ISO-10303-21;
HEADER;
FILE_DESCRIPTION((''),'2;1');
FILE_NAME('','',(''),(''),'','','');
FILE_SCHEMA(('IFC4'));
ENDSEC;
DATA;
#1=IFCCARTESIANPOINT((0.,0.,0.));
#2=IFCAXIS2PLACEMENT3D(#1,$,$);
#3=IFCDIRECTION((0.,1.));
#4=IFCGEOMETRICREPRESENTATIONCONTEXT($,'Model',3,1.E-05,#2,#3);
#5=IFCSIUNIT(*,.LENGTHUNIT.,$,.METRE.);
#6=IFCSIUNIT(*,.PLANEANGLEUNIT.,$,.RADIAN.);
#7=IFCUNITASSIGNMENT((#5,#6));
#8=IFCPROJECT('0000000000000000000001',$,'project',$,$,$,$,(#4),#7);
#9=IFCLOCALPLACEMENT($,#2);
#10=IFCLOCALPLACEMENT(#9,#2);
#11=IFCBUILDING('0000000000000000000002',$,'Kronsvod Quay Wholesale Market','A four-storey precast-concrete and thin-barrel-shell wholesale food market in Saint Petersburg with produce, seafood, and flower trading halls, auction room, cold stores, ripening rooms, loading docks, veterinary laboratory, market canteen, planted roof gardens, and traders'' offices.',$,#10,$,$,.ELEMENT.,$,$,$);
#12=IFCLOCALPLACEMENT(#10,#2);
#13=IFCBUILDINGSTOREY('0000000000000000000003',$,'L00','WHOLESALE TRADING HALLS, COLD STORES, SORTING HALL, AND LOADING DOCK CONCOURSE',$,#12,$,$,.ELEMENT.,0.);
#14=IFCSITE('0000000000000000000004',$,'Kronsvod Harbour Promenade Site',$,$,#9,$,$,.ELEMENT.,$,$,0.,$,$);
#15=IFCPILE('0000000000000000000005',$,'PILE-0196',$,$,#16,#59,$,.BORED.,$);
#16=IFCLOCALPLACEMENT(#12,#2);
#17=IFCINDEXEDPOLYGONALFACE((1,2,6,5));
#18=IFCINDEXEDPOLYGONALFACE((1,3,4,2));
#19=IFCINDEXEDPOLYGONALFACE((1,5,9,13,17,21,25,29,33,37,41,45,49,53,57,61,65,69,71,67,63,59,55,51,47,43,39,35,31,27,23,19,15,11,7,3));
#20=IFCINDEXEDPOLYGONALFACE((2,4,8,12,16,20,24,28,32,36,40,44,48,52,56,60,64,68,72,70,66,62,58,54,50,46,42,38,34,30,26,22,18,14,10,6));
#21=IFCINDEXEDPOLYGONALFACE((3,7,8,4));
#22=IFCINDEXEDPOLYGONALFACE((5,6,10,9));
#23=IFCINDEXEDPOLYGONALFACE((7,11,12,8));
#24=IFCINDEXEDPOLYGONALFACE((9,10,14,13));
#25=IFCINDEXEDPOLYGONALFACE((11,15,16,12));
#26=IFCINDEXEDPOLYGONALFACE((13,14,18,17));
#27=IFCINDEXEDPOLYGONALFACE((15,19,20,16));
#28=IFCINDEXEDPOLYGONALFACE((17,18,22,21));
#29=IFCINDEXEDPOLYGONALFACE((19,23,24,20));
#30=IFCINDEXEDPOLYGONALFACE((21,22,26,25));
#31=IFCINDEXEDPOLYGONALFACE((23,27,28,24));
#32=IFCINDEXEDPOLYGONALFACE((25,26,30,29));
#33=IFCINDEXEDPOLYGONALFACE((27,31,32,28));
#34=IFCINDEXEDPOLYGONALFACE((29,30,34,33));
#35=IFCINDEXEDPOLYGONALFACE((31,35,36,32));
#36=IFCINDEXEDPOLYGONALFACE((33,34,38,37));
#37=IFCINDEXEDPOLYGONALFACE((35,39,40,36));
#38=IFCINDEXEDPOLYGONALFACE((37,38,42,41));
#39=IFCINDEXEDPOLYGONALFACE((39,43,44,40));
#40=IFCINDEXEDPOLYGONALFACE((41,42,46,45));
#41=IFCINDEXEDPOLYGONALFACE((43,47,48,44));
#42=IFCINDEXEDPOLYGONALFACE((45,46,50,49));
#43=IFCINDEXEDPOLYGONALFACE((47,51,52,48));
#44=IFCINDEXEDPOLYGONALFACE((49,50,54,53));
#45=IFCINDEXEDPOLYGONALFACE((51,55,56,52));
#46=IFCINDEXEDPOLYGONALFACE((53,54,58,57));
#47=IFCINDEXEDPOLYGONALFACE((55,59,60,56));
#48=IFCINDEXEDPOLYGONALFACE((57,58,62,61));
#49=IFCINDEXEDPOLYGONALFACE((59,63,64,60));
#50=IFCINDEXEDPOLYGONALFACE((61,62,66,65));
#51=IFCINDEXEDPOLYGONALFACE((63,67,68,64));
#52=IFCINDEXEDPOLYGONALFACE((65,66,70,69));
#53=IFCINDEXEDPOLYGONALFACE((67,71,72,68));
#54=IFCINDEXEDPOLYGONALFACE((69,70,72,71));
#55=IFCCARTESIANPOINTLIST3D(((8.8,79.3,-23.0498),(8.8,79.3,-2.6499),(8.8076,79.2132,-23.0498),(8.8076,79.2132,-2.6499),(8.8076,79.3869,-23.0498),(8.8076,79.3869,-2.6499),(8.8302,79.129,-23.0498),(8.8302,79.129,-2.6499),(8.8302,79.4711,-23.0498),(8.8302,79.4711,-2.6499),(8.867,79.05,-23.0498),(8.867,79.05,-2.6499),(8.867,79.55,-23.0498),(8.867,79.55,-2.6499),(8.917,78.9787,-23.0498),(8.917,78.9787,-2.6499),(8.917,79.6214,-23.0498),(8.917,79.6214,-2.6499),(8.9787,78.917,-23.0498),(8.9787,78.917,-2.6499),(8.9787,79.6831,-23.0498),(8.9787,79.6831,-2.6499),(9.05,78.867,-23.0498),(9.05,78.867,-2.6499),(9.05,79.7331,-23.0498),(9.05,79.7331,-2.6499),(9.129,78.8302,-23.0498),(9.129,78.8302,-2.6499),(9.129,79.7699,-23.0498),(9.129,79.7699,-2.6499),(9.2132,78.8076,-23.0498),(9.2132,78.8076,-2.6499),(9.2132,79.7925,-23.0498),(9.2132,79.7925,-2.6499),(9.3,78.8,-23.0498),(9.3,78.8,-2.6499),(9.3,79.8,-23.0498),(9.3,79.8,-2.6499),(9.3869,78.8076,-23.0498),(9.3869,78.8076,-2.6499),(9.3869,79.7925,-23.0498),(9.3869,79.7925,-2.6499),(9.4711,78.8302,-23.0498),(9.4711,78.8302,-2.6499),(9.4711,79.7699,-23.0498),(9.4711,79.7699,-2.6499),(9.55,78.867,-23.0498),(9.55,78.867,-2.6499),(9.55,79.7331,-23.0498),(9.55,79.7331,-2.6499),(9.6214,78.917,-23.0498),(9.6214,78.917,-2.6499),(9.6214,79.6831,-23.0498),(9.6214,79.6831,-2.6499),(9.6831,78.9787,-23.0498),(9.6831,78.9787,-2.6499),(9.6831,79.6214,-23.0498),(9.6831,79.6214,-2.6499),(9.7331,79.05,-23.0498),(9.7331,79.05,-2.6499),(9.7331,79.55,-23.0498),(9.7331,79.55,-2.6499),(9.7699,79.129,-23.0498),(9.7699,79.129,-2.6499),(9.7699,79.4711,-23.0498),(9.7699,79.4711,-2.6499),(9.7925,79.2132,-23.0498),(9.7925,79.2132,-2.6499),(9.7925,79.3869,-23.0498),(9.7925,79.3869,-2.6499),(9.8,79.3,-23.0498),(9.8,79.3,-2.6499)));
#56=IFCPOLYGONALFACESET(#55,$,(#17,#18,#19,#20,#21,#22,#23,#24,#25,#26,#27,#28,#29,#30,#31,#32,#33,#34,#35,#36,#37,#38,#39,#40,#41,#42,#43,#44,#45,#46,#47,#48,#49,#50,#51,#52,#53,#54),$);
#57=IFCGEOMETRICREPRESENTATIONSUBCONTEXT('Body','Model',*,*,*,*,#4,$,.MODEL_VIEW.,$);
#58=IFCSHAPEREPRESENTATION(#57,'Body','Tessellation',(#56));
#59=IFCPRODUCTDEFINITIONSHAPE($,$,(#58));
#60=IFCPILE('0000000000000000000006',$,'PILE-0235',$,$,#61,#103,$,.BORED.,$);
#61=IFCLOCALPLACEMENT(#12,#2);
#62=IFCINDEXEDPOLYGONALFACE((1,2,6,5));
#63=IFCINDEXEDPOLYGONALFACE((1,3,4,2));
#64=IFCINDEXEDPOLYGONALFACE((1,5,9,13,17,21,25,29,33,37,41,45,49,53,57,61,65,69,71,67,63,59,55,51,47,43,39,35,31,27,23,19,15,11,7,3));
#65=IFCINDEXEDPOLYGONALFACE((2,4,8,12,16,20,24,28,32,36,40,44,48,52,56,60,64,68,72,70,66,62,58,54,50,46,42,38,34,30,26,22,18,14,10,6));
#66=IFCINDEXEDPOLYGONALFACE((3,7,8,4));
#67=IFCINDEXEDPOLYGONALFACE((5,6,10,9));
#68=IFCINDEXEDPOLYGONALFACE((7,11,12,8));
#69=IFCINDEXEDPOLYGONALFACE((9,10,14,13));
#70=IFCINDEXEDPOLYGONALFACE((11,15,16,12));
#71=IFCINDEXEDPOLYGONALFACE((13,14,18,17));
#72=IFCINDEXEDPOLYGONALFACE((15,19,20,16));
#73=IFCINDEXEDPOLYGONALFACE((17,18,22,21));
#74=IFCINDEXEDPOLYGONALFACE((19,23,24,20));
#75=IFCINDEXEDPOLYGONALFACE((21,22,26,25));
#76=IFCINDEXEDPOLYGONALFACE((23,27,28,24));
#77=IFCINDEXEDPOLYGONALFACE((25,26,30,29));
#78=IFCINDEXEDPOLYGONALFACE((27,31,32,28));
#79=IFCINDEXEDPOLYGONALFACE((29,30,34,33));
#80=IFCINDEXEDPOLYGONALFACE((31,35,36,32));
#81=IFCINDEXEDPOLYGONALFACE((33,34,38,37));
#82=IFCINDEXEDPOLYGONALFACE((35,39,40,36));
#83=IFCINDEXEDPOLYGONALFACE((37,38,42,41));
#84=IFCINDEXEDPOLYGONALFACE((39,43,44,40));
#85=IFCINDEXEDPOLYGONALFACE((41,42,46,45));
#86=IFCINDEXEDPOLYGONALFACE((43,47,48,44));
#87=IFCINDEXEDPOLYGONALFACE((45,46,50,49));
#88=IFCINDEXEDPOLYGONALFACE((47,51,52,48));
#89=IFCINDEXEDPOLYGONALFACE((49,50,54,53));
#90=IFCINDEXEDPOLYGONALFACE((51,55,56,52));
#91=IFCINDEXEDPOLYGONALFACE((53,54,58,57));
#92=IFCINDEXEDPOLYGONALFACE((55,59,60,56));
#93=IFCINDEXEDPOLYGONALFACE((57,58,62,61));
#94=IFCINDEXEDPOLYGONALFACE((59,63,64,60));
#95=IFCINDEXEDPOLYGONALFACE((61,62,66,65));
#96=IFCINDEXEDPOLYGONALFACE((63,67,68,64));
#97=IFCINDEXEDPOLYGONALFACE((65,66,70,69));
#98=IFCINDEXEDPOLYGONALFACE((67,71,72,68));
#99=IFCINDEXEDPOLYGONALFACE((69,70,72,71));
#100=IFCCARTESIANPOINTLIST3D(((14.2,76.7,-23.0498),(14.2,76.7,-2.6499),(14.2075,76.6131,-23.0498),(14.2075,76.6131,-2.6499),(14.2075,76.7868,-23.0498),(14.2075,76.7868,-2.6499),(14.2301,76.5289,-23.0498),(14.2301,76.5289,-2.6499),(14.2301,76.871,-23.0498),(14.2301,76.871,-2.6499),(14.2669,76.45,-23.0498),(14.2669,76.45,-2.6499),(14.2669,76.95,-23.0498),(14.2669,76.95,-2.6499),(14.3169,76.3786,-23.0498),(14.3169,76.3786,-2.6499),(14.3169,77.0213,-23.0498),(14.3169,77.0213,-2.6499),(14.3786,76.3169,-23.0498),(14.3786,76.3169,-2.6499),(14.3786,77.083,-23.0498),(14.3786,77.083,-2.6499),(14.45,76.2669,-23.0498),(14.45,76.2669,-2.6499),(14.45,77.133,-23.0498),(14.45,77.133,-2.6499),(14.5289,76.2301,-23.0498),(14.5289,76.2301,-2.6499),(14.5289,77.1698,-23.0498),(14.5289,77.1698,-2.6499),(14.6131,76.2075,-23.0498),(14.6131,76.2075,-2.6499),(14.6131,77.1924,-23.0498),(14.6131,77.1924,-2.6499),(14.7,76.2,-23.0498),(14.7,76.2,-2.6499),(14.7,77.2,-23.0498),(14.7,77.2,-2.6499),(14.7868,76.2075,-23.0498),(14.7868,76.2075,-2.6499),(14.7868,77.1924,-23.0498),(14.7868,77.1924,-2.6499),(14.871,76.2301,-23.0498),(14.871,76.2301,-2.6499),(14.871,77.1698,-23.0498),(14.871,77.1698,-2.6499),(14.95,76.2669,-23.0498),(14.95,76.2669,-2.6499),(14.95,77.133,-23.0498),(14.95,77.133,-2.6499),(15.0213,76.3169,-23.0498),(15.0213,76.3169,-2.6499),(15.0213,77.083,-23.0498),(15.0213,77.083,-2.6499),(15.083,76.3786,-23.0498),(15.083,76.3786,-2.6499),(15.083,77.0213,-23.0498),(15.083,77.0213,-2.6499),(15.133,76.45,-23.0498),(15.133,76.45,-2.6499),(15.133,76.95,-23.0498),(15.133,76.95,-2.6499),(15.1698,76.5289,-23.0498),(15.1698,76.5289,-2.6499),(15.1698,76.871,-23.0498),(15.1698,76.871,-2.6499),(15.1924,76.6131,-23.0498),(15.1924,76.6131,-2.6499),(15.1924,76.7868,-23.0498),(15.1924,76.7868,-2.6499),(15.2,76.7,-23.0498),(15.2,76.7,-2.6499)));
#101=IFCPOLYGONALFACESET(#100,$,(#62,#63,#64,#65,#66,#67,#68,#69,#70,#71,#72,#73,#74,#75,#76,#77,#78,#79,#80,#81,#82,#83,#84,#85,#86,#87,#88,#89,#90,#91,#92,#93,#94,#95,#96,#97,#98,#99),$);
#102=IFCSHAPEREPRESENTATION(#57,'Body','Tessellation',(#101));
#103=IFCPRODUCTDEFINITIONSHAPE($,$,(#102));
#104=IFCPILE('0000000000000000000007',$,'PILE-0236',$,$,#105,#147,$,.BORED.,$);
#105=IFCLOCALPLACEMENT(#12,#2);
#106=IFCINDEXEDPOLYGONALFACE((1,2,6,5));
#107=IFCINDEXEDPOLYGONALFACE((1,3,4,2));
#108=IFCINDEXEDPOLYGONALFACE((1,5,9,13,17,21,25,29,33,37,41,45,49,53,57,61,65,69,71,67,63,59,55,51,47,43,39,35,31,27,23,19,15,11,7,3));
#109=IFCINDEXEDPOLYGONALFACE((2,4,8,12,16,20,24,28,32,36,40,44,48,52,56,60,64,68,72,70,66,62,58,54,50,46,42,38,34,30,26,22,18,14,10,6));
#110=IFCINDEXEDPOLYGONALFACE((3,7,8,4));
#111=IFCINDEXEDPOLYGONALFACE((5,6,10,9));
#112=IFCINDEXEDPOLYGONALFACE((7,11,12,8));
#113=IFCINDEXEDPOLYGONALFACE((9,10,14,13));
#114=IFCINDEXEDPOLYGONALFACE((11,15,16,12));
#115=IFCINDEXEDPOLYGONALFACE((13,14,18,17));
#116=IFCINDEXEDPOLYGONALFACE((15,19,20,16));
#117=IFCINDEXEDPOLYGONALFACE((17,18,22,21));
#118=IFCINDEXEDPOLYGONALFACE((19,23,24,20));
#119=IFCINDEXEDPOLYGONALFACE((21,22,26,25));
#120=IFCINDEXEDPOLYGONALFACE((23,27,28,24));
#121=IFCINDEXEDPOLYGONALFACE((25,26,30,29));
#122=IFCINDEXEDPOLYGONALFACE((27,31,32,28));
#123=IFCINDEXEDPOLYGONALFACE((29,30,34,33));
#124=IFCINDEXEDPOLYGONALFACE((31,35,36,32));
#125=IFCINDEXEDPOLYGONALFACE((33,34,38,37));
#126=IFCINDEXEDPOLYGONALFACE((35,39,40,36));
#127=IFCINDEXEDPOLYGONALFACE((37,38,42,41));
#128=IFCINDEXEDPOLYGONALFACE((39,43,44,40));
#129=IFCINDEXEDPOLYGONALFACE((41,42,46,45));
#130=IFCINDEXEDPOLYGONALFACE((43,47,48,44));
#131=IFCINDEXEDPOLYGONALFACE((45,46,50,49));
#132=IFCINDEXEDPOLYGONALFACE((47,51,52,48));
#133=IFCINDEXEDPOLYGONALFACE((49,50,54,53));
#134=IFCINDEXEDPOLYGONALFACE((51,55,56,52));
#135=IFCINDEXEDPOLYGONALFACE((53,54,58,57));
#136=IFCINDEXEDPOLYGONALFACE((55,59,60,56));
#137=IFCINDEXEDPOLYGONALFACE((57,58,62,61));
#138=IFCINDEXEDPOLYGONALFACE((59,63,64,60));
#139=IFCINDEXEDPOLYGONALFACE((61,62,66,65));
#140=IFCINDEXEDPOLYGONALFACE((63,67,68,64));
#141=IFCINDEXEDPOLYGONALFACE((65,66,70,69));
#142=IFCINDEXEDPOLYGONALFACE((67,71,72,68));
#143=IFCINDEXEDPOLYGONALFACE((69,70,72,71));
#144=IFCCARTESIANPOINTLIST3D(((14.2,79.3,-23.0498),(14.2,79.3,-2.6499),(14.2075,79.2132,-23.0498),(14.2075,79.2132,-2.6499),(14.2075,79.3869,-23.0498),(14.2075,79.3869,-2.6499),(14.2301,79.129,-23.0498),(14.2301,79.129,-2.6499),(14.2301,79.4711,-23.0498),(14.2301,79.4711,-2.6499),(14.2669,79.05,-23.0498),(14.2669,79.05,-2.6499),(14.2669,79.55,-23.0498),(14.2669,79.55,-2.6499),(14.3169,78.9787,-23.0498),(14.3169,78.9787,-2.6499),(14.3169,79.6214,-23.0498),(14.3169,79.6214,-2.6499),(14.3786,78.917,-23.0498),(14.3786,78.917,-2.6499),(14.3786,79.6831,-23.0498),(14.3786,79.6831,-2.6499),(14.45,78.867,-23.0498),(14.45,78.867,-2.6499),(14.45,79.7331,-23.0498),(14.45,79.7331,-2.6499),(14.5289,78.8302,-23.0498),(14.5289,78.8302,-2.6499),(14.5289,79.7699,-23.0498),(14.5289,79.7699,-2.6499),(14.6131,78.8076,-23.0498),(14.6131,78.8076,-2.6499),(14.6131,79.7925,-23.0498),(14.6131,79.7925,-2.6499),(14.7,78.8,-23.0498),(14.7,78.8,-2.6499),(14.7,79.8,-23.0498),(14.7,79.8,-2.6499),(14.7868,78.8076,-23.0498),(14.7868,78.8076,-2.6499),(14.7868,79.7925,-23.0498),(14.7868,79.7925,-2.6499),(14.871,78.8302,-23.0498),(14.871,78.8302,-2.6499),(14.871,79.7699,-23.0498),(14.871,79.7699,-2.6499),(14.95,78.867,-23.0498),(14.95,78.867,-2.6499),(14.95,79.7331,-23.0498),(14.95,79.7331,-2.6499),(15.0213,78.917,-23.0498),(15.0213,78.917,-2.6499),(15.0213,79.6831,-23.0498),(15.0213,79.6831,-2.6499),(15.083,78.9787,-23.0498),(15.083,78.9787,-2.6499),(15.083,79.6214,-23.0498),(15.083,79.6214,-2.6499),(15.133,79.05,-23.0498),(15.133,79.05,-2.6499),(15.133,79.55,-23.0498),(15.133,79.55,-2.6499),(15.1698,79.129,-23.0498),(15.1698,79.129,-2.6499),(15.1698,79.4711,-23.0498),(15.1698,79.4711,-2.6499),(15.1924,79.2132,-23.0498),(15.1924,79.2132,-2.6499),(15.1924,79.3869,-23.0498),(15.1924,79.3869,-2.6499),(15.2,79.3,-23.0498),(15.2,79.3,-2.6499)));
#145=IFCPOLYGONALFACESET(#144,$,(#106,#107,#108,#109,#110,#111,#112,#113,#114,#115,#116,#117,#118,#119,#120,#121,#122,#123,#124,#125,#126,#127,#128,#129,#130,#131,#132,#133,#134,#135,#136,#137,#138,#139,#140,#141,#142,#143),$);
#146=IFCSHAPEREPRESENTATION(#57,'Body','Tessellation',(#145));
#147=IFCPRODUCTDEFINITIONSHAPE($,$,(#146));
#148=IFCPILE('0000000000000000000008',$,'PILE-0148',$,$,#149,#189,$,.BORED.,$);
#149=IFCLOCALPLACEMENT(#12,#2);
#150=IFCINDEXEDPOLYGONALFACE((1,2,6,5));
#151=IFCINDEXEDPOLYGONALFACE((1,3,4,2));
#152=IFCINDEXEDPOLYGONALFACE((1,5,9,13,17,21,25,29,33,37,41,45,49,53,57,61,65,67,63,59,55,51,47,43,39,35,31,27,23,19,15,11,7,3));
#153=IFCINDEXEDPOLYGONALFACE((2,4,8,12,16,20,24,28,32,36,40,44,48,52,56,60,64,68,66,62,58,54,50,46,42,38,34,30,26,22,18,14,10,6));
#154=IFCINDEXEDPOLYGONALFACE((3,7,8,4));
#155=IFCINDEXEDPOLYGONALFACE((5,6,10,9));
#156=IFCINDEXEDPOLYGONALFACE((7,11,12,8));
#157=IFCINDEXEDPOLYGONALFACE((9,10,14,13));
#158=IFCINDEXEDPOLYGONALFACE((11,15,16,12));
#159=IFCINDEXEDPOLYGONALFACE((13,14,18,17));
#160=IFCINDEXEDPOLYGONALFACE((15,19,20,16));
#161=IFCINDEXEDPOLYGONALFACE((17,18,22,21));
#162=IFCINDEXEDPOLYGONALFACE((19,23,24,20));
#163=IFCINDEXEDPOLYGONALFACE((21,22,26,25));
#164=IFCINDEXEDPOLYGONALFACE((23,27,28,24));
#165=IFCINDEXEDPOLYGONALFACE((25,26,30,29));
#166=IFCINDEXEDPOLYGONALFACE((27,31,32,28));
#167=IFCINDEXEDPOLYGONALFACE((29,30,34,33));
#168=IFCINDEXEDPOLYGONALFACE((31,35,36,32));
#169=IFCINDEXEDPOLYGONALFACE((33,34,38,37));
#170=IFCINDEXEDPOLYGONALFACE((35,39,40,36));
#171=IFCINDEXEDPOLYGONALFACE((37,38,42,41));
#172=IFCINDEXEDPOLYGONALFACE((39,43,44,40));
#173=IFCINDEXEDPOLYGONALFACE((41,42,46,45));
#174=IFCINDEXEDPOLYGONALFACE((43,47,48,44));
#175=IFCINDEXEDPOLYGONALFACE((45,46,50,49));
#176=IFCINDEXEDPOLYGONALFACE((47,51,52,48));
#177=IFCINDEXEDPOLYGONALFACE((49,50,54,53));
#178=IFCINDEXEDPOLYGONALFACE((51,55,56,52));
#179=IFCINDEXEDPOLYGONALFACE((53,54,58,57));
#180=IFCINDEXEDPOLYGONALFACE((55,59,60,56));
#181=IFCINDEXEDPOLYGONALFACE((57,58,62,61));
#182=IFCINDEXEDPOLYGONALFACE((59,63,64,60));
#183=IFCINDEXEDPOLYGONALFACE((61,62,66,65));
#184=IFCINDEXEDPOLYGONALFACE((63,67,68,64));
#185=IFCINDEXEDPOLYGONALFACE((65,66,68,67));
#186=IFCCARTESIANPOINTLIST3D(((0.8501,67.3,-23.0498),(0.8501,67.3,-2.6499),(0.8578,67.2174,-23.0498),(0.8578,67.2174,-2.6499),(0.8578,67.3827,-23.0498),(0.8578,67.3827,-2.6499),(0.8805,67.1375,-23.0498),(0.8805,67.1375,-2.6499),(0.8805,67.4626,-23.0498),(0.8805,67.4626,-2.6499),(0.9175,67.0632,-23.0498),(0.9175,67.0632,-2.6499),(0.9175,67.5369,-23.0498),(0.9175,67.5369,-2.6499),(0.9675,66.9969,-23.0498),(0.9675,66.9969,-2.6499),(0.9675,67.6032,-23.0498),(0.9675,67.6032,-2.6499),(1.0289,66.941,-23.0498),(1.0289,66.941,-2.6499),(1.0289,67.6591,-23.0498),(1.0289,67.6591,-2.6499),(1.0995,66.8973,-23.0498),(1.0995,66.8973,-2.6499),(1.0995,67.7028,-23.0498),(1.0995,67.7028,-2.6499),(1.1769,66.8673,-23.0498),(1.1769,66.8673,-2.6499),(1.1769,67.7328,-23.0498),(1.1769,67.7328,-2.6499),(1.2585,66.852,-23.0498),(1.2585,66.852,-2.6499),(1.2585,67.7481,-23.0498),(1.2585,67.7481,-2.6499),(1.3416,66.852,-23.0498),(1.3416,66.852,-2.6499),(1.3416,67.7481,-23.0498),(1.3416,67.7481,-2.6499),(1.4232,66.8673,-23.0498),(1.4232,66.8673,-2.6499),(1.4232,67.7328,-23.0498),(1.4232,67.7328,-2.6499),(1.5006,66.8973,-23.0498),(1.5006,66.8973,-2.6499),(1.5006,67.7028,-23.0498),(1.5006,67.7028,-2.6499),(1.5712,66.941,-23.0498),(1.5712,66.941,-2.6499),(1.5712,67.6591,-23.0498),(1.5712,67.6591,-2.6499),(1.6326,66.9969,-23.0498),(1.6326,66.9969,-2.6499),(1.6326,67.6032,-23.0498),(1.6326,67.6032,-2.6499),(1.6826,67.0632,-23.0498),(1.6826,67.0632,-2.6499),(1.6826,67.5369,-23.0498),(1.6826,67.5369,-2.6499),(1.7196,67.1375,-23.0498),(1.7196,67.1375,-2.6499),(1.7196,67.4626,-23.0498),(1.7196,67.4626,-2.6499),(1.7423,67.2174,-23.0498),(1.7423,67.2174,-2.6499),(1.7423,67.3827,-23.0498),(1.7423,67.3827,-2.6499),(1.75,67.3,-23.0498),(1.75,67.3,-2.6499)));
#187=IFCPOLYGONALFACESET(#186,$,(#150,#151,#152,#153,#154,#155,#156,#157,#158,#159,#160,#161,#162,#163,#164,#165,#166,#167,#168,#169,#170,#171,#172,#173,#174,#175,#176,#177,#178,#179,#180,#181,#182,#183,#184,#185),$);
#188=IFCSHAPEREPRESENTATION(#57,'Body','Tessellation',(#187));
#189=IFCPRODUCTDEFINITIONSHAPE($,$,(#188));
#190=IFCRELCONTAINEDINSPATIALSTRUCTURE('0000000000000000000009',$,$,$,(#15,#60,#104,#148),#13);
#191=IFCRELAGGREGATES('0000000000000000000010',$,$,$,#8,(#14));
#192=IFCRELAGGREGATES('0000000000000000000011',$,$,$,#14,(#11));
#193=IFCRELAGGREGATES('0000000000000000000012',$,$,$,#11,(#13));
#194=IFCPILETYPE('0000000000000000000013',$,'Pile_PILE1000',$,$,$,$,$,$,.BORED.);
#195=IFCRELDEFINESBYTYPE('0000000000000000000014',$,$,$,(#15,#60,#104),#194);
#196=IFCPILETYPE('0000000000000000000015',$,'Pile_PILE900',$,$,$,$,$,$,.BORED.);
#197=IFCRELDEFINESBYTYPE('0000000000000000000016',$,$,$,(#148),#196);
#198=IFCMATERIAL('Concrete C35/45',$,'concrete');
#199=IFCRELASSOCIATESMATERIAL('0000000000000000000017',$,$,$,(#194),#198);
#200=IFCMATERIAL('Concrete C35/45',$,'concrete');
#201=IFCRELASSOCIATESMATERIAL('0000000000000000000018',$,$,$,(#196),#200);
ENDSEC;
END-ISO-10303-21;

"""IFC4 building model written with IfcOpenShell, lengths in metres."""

from ifc_helpers import new_model, si_unit, direction, frame, origin, origin_2d, place, context, subcontext, project, spatial, circle, extrude, material, material_profile, profile_set, type_object, element, save


model = new_model("IFC4")

# Units and contexts
model_context = context("Model", 3, precision=1e-05, world=origin(), true_north=direction((0.0, 1.0)))
body_context = subcontext(model_context, "Body", "Model", "MODEL_VIEW")
ifc_project = project(units=[si_unit("LENGTHUNIT", "METRE"), si_unit("PLANEANGLEUNIT", "RADIAN")], contexts=[model_context])

# Site, building, storey
site_placement = place(None, origin())
site = spatial("IfcSite", under=ifc_project, at=site_placement, Name="Kronsvod Harbour Promenade Site", CompositionType="ELEMENT", RefElevation=0.0)
building_placement = place(site_placement, origin())
building = spatial("IfcBuilding", under=site, at=building_placement, Name="Kronsvod Quay Wholesale Market", Description="A four-storey precast-concrete and thin-barrel-shell wholesale food market in Saint Petersburg with produce, seafood, and flower trading halls, auction room, cold stores, ripening rooms, loading docks, veterinary laboratory, market canteen, planted roof gardens, and traders' offices.", CompositionType="ELEMENT")
storey_placement = place(building_placement, origin())
storey = spatial("IfcBuildingStorey", under=building, at=storey_placement, Name="L00", Description="WHOLESALE TRADING HALLS, COLD STORES, SORTING HALL, AND LOADING DOCK CONCOURSE", CompositionType="ELEMENT", Elevation=0.0)

# Piles
ifc_material_1 = material(Name="Concrete C35/45", Category="concrete")
ifc_material_profile_1 = material_profile(ifc_material_1, circle(Radius=0.5, at=origin_2d()), Name="PILE1000")
ifc_profile_set_1 = profile_set([ifc_material_profile_1], Name="Concrete C35/45")
pile_type_1 = type_object("IfcPileType", Name="Pile_PILE1000", PredefinedType="BORED", material=ifc_profile_set_1)
for number, where, z_axis, x_axis, name in (
    (1, (9.3, 79.3, -2.6499), (0.0, 0.0, -1.0), (1.0, 0.0, 0.0), "PILE-0196"),
    (2, (14.7, 76.7, -2.6499), (0.0, 0.0, -1.0), (1.0, 0.0, 0.0), "PILE-0235"),
    (3, (14.7, 79.3, -2.6499), (0.0, 0.0, -1.0), (1.0, 0.0, 0.0), "PILE-0236"),
):
    element("IfcPile", number, at=place(storey_placement, frame(where, z_axis=z_axis, x_axis=x_axis)), inside=storey, type_object=pile_type_1, Name=name, PredefinedType="BORED", context=body_context, shape_type="SweptSolid", body=[
        extrude(circle(Radius=0.5, at=origin_2d()), origin(), (0.0, 0.0, 1.0), 20.3999),
    ])
ifc_material_2 = material(Name="Concrete C35/45", Category="concrete")
ifc_material_profile_2 = material_profile(ifc_material_2, circle(Radius=0.45, at=origin_2d()), Name="PILE900")
ifc_profile_set_2 = profile_set([ifc_material_profile_2], Name="Concrete C35/45")
pile_type_2 = type_object("IfcPileType", Name="Pile_PILE900", PredefinedType="BORED", material=ifc_profile_set_2)
for number, where, z_axis, x_axis, name in (
    (4, (1.3, 67.3, -2.6499), (0.0, 0.0, -1.0), (1.0, 0.0, 0.0), "PILE-0148"),
):
    element("IfcPile", number, at=place(storey_placement, frame(where, z_axis=z_axis, x_axis=x_axis)), inside=storey, type_object=pile_type_2, Name=name, PredefinedType="BORED", context=body_context, shape_type="SweptSolid", body=[
        extrude(circle(Radius=0.45, at=origin_2d()), origin(), (0.0, 0.0, 1.0), 20.3999),
    ])

save(model, "model.ifc")
